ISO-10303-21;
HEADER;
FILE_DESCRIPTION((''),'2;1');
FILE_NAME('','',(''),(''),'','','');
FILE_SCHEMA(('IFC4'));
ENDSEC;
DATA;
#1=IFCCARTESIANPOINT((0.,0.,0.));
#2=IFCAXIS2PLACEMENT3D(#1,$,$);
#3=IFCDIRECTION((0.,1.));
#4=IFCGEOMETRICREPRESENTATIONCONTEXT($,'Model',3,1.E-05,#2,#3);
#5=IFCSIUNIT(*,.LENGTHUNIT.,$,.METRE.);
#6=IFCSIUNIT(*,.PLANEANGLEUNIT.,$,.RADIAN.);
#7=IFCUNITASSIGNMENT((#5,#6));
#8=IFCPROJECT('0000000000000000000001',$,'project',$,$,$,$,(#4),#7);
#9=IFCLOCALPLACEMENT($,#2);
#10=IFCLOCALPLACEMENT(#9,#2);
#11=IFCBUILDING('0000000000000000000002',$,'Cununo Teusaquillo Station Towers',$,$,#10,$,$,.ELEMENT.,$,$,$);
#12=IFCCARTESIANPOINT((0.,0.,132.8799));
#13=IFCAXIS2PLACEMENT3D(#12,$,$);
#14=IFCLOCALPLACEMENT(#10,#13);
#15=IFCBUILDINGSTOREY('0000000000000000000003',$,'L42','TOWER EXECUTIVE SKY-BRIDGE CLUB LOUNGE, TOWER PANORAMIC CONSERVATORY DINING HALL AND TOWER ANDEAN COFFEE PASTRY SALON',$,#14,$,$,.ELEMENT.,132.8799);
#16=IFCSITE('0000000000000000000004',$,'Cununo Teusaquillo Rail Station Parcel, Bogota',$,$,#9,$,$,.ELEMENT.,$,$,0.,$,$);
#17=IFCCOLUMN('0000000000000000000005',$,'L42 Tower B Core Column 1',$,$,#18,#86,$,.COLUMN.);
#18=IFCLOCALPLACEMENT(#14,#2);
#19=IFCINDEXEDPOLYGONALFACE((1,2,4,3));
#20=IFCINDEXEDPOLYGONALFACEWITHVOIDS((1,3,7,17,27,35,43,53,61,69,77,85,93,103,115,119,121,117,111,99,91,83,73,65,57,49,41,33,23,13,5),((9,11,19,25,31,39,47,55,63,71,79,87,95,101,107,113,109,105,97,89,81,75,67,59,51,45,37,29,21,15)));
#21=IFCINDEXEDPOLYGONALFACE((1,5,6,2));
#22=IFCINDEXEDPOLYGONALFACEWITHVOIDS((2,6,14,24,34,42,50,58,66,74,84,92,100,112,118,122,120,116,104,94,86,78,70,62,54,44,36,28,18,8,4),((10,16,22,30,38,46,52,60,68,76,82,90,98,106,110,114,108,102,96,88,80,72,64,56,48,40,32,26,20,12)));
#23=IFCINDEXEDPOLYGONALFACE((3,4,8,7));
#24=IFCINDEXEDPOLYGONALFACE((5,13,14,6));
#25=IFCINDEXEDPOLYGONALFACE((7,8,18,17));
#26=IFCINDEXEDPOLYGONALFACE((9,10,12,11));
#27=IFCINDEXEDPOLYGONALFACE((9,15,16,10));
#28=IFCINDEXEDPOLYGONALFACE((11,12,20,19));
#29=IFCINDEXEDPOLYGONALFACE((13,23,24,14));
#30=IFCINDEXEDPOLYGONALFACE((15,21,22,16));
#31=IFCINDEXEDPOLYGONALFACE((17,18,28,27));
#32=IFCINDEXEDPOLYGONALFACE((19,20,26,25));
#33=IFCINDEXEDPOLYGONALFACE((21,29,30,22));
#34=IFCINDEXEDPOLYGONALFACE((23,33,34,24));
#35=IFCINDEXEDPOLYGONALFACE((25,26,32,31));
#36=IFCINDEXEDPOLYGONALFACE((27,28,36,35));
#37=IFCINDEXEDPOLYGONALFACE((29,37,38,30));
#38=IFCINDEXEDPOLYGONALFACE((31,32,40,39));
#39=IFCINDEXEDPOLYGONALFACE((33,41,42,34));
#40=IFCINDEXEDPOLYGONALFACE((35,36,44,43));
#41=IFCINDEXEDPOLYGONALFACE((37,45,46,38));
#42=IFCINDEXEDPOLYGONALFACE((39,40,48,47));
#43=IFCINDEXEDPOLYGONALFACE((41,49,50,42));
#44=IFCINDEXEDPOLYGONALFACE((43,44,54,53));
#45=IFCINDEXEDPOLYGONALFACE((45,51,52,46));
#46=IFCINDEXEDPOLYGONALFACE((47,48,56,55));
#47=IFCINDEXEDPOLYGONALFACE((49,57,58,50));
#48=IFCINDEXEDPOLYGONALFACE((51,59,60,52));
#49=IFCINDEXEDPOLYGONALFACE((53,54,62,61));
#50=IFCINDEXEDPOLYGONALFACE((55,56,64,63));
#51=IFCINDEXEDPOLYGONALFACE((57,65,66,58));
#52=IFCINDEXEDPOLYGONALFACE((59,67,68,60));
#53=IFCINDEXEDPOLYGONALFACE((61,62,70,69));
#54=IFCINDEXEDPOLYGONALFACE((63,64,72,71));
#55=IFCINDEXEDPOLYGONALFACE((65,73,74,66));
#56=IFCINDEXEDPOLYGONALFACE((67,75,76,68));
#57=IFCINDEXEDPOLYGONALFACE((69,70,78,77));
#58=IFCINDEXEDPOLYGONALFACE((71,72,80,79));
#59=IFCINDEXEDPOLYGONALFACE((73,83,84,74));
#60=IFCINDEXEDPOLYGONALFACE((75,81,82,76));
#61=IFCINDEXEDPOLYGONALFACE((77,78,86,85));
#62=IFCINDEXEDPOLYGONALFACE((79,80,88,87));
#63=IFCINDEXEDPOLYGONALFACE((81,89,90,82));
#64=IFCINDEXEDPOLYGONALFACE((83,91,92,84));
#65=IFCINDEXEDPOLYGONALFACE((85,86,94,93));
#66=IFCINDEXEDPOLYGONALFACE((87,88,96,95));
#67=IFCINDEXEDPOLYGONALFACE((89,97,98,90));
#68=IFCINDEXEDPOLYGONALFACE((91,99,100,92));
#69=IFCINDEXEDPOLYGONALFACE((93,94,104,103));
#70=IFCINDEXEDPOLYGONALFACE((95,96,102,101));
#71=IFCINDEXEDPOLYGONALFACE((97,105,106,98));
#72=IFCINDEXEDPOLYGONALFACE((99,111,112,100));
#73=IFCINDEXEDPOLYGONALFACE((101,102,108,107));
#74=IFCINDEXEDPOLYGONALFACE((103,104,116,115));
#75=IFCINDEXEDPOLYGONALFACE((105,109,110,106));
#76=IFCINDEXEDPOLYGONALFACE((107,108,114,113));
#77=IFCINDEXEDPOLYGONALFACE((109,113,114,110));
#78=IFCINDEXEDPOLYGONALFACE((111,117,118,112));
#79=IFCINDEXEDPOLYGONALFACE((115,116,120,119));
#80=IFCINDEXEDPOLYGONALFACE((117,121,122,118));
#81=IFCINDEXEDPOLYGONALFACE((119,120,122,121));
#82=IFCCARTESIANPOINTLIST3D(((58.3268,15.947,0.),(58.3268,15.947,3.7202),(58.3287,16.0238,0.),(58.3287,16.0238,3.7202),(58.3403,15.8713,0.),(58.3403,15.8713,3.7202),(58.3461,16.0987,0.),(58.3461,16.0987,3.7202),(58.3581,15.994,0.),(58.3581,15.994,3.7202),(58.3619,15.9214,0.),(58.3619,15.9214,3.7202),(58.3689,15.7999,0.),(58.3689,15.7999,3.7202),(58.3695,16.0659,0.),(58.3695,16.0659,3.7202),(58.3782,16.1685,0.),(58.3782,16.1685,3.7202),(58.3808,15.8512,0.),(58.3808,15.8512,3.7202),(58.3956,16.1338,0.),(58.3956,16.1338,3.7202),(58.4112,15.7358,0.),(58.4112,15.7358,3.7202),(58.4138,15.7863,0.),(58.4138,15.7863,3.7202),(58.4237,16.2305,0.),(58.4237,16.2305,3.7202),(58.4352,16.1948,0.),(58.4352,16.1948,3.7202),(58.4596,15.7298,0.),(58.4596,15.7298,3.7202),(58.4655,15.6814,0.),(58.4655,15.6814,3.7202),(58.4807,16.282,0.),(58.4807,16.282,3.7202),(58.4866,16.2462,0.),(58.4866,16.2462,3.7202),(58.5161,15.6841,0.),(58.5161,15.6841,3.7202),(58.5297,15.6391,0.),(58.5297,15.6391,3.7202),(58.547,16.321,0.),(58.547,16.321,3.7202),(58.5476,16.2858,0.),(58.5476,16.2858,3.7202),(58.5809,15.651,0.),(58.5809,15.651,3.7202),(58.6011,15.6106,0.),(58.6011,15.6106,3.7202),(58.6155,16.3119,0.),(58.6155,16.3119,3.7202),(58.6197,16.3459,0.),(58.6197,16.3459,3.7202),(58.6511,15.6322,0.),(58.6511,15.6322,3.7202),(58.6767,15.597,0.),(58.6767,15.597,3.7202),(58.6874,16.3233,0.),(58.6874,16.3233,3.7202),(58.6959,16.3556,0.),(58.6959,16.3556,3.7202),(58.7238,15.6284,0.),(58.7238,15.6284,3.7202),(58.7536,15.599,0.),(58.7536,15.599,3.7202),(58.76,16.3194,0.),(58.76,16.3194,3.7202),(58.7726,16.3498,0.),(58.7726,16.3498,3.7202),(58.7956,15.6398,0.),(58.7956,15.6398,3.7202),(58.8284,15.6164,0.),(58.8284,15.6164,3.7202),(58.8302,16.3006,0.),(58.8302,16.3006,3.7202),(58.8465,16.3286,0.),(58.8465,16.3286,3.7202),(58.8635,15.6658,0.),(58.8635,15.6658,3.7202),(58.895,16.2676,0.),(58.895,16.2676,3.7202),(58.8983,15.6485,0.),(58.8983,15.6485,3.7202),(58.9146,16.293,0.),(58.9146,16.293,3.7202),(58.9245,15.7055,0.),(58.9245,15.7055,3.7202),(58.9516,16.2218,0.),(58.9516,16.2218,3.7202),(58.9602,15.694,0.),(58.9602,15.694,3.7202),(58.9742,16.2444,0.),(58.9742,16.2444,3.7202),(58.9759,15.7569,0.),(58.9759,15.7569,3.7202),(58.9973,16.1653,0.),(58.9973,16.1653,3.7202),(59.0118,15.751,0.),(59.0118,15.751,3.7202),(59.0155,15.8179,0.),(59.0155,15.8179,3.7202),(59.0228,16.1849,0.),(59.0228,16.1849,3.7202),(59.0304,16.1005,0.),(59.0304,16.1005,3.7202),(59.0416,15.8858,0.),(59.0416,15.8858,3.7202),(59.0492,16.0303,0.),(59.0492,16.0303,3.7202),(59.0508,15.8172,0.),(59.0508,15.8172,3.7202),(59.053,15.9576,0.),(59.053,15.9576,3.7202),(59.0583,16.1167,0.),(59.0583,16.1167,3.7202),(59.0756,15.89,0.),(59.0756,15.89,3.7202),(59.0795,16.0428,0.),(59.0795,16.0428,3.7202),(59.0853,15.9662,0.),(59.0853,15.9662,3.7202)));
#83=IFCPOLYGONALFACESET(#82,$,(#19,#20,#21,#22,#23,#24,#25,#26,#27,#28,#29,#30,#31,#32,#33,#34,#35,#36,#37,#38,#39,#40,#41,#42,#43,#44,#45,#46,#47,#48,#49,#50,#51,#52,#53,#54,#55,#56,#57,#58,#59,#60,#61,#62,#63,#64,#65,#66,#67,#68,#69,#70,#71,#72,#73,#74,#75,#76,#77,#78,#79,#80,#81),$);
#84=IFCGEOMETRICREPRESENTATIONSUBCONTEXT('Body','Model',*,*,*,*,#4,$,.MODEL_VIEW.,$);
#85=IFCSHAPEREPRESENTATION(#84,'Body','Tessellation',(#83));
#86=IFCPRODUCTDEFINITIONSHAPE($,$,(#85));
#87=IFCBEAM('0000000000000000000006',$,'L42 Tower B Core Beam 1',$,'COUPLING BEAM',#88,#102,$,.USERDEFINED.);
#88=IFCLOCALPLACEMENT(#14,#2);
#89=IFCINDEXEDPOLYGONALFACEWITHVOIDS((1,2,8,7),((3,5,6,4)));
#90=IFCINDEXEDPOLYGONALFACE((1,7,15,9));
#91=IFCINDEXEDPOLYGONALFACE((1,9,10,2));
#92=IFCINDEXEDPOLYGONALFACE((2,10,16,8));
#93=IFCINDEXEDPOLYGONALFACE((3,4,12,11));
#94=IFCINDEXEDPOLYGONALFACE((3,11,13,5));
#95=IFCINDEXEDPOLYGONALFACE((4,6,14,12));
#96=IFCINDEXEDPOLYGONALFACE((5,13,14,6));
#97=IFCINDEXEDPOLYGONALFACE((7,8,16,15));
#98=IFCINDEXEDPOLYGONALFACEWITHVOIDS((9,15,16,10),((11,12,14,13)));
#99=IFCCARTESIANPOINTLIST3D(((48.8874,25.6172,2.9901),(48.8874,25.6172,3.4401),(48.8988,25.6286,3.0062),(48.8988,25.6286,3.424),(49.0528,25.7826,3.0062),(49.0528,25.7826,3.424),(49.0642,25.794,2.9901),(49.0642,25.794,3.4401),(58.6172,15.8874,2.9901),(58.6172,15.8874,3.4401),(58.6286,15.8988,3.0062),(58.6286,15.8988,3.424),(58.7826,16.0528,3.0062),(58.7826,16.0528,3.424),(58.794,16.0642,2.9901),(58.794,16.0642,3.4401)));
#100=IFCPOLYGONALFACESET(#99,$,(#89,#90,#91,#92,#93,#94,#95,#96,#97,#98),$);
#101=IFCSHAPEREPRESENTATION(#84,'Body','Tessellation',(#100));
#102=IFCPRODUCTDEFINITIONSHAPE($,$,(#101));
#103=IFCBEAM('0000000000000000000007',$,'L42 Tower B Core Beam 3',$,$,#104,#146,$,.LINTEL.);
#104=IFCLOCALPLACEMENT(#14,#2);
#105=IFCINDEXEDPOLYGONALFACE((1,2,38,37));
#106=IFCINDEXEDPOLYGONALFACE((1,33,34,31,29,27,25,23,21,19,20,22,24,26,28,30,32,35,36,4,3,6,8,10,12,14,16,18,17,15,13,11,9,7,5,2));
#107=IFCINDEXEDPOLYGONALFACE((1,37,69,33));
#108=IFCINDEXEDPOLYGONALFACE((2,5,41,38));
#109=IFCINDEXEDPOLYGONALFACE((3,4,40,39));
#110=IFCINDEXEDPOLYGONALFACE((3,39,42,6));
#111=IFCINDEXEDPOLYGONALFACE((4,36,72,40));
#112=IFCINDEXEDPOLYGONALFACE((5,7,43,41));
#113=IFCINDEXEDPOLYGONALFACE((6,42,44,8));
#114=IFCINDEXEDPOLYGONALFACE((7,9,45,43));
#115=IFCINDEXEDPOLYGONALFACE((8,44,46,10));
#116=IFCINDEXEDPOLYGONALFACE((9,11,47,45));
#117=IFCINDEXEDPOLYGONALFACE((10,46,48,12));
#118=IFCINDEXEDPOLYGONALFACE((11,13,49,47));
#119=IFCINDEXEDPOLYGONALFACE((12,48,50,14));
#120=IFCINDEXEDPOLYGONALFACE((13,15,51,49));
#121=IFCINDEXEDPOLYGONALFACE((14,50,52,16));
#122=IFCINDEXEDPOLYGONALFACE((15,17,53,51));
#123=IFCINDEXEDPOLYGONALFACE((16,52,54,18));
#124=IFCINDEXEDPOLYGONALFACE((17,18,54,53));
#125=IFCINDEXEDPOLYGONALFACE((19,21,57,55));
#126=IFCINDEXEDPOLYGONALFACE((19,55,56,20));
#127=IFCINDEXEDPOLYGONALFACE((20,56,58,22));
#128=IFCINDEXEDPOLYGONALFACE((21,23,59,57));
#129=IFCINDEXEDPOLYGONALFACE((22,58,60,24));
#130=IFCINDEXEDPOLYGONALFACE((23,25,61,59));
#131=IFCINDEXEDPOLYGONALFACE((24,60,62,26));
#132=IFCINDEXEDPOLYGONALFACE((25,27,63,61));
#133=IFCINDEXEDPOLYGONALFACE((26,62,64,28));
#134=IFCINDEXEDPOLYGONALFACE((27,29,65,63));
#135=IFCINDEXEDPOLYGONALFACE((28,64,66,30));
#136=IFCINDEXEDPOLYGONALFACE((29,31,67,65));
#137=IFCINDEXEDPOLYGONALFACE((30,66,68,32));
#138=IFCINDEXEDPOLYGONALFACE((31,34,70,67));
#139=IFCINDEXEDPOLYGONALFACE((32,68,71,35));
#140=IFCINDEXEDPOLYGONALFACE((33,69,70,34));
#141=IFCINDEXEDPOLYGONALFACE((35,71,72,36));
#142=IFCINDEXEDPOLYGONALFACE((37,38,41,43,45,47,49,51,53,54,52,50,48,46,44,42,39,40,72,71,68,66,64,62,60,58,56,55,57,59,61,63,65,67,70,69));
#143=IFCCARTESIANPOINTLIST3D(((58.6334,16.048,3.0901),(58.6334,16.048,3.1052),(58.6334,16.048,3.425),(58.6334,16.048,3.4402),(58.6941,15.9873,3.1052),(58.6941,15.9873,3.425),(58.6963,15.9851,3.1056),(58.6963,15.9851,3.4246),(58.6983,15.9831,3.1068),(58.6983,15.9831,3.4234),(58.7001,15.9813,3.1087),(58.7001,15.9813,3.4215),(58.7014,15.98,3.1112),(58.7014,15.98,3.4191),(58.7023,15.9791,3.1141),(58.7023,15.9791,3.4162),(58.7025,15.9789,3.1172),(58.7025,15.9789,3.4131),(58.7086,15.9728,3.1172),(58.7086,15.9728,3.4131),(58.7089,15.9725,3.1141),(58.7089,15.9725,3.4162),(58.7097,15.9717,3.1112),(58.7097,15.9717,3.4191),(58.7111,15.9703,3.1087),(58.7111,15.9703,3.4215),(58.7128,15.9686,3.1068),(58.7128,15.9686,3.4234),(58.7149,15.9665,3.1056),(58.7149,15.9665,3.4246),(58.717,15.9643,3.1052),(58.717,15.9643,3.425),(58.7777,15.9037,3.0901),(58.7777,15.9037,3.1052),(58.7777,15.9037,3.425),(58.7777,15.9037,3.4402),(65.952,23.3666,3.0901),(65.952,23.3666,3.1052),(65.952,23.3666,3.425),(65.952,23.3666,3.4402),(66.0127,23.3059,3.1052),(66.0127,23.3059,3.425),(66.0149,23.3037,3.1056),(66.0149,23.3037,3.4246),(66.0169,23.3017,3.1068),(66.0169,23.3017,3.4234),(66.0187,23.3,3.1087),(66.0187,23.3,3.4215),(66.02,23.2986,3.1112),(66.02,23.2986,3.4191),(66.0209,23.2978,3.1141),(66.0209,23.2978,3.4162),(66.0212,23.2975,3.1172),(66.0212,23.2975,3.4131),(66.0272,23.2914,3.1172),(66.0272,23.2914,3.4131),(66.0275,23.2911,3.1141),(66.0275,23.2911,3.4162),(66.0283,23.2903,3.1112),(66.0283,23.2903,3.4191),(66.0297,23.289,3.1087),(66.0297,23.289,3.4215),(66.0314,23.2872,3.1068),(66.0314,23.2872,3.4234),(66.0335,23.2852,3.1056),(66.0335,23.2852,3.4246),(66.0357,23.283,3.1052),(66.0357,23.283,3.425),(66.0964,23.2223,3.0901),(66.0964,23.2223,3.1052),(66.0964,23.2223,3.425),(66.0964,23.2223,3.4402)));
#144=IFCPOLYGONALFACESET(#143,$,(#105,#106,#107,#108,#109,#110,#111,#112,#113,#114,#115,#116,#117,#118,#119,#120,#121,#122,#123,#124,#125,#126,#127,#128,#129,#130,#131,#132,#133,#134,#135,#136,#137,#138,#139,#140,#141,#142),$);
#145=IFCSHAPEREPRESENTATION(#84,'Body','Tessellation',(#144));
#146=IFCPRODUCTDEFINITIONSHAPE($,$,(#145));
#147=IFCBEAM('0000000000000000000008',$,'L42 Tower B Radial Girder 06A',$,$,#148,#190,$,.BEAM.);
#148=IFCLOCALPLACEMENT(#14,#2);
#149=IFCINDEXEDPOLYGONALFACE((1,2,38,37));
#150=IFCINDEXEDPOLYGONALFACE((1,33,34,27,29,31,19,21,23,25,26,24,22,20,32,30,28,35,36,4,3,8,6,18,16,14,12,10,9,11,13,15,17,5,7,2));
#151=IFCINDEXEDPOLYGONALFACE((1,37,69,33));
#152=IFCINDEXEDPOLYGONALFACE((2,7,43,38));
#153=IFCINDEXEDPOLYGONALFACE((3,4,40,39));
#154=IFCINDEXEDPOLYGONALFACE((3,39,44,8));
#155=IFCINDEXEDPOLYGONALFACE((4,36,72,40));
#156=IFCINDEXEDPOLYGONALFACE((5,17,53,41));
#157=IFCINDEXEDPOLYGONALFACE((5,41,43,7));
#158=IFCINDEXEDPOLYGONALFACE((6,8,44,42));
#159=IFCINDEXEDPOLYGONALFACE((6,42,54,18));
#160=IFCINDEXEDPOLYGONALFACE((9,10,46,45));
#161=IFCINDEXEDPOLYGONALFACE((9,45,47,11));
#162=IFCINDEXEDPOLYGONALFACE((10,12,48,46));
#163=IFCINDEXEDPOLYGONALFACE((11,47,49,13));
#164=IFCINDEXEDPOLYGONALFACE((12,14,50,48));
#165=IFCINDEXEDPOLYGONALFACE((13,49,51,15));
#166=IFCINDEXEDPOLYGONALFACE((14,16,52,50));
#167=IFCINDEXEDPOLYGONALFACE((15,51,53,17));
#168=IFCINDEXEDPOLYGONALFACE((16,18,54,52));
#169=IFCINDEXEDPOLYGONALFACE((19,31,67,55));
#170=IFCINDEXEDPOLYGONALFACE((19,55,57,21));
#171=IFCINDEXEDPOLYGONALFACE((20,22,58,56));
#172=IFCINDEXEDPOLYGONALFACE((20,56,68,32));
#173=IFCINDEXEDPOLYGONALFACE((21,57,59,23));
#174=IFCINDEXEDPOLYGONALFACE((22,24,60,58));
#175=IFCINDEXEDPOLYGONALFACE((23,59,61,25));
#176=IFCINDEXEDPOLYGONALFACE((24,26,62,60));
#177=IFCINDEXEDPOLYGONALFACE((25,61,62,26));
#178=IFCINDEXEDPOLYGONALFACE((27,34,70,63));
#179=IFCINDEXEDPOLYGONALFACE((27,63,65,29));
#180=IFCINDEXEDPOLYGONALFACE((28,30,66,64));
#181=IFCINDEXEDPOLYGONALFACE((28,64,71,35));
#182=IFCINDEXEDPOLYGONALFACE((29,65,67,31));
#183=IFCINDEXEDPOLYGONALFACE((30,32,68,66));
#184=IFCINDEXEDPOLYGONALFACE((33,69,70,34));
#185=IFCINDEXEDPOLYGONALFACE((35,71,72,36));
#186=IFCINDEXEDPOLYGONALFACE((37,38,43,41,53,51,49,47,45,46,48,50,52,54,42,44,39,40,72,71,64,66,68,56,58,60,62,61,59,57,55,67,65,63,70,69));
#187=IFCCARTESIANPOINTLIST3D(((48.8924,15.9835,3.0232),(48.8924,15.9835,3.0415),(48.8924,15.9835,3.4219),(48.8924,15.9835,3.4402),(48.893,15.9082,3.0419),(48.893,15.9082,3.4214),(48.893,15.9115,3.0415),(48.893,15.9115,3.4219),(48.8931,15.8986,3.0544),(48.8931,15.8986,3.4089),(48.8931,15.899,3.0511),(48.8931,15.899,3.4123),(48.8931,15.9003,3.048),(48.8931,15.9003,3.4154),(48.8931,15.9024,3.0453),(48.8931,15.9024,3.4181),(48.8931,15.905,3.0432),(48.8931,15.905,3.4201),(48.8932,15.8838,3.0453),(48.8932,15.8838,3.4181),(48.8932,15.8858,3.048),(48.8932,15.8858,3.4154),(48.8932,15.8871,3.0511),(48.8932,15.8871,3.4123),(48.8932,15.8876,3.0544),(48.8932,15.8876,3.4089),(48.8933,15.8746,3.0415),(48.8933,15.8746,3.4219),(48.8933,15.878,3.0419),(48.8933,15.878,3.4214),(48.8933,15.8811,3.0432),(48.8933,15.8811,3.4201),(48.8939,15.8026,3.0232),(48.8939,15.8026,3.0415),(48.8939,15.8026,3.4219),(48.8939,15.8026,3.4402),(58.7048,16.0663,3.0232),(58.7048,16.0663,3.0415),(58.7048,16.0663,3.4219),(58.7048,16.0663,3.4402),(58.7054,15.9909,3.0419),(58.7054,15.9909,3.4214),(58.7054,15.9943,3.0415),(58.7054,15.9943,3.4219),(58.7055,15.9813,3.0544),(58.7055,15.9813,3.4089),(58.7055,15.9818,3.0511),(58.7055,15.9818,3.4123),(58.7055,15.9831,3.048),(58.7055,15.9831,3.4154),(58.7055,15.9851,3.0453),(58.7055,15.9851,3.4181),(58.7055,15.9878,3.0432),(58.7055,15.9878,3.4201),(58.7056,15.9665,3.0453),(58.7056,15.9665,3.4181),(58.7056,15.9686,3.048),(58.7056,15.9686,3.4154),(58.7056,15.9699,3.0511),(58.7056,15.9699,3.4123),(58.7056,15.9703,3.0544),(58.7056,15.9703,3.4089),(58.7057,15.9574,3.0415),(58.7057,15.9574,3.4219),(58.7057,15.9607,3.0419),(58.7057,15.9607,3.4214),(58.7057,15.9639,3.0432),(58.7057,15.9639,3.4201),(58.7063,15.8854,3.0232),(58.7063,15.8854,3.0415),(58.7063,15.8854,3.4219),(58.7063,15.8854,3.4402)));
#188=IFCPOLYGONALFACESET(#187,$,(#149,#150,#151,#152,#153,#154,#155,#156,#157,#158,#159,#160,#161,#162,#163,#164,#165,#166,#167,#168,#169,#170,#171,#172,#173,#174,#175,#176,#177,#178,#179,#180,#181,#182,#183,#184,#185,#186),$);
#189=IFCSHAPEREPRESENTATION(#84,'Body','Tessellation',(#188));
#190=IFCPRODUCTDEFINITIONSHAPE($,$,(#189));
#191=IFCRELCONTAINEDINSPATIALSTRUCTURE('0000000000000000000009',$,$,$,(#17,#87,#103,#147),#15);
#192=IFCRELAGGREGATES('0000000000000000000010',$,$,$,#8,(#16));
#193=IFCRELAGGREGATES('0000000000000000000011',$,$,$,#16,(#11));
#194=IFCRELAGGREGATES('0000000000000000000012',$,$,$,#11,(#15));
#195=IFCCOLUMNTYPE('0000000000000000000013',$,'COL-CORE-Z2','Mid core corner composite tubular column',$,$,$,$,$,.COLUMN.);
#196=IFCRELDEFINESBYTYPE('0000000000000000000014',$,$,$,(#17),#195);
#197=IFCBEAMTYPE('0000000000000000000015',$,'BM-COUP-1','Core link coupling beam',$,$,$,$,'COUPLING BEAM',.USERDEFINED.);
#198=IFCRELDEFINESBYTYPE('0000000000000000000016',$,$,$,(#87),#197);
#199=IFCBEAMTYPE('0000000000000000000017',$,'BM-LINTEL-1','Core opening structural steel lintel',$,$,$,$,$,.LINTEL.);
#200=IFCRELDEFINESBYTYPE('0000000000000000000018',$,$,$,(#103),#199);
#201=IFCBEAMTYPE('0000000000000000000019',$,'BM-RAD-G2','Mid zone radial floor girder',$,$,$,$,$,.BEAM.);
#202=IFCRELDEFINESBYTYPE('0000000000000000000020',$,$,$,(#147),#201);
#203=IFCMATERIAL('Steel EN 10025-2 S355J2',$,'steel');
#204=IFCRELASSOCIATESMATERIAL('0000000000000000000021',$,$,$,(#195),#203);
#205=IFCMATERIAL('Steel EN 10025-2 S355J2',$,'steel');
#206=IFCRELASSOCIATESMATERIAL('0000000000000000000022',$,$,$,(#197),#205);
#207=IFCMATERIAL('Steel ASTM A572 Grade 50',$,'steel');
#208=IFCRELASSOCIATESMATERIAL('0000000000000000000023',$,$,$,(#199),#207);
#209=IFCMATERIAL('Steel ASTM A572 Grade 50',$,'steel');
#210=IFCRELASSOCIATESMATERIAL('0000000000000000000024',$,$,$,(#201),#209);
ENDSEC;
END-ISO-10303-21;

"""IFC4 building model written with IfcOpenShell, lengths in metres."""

from ifc_helpers import new_model, si_unit, direction, frame, origin, origin_2d, place, context, subcontext, project, spatial, hollow_rectangle, hollow_circle, i_section, extrude, material, material_profile, profile_set, type_object, element, save


model = new_model("IFC4")

# Units and contexts
model_context = context("Model", 3, precision=1e-05, world=origin(), true_north=direction((0.0, 1.0)))
body_context = subcontext(model_context, "Body", "Model", "MODEL_VIEW")
ifc_project = project(units=[si_unit("LENGTHUNIT", "METRE"), si_unit("PLANEANGLEUNIT", "RADIAN")], contexts=[model_context])

# Site, building, storey
site_placement = place(None, origin())
site = spatial("IfcSite", under=ifc_project, at=site_placement, Name="Cununo Teusaquillo Rail Station Parcel, Bogota", CompositionType="ELEMENT", RefElevation=0.0)
building_placement = place(site_placement, origin())
building = spatial("IfcBuilding", under=site, at=building_placement, Name="Cununo Teusaquillo Station Towers", CompositionType="ELEMENT")
storey_placement = place(building_placement, frame((0.0, 0.0, 132.8799)))
storey = spatial("IfcBuildingStorey", under=building, at=storey_placement, Name="L42", Description="TOWER EXECUTIVE SKY-BRIDGE CLUB LOUNGE, TOWER PANORAMIC CONSERVATORY DINING HALL AND TOWER ANDEAN COFFEE PASTRY SALON", CompositionType="ELEMENT", Elevation=132.8799)

# Column
ifc_material_1 = material(Name="Steel EN 10025-2 S355J2", Category="steel")
ifc_material_profile_1 = material_profile(ifc_material_1, hollow_circle(Radius=0.3799, WallThickness=0.032, at=origin_2d()), Name="CHS 760x32")
ifc_profile_set_1 = profile_set([ifc_material_profile_1], Name="Steel EN 10025-2 S355J2")
column_type = type_object("IfcColumnType", Name="COL-CORE-Z2", Description="Mid core corner composite tubular column", PredefinedType="COLUMN", material=ifc_profile_set_1)
column_placement = place(storey_placement, frame((58.7056, 15.9758, 0.0), z_axis=(0.0, 0.0, 1.0), x_axis=(0.707107, 0.707107, 0.0)))
element("IfcColumn", 1, at=column_placement, inside=storey, type_object=column_type, Name="L42 Tower B Core Column 1", PredefinedType="COLUMN", context=body_context, shape_type="SweptSolid", body=[
    extrude(hollow_circle(Radius=0.3799, WallThickness=0.032, at=origin_2d()), origin(), (0.0, 0.0, 1.0), 3.7202),
])

# Beams
ifc_material_2 = material(Name="Steel EN 10025-2 S355J2", Category="steel")
ifc_material_profile_2 = material_profile(ifc_material_2, hollow_rectangle(XDim=0.25, YDim=0.45, WallThickness=0.0161, at=origin_2d()), Name="RHS 450x250x16")
ifc_profile_set_2 = profile_set([ifc_material_profile_2], Name="Steel EN 10025-2 S355J2")
beam_type_1 = type_object("IfcBeamType", Name="BM-COUP-1", Description="Core link coupling beam", ElementType="COUPLING BEAM", PredefinedType="USERDEFINED", material=ifc_profile_set_2)
beam_1_placement = place(storey_placement, frame((58.7056, 15.9758, 3.2151), z_axis=(-0.707107, 0.707107, 0.0), x_axis=(-0.707107, -0.707107, 0.0)))
element("IfcBeam", 2, at=beam_1_placement, inside=storey, type_object=beam_type_1, Name="L42 Tower B Core Beam 1", ObjectType="COUPLING BEAM", PredefinedType="USERDEFINED", context=body_context, shape_type="SweptSolid", body=[
    extrude(hollow_rectangle(XDim=0.25, YDim=0.45, WallThickness=0.0161, at=origin_2d()), origin(), (0.0, 0.0, 1.0), 13.76),
])
ifc_material_3 = material(Name="Steel ASTM A572 Grade 50", Category="steel")
ifc_material_profile_3 = material_profile(ifc_material_3, i_section(OverallWidth=0.2041, OverallDepth=0.3501, WebThickness=0.0085, FlangeThickness=0.0151, FilletRadius=0.012, at=origin_2d()), Name="W14X48")
ifc_profile_set_3 = profile_set([ifc_material_profile_3], Name="Steel ASTM A572 Grade 50")
beam_type_2 = type_object("IfcBeamType", Name="BM-LINTEL-1", Description="Core opening structural steel lintel", PredefinedType="LINTEL", material=ifc_profile_set_3)
beam_2_placement = place(storey_placement, frame((58.7056, 15.9758, 3.2651), z_axis=(0.707107, 0.707107, 0.0), x_axis=(-0.707107, 0.707107, 0.0)))
element("IfcBeam", 3, at=beam_2_placement, inside=storey, type_object=beam_type_2, Name="L42 Tower B Core Beam 3", PredefinedType="LINTEL", context=body_context, shape_type="SweptSolid", body=[
    extrude(i_section(OverallWidth=0.2041, OverallDepth=0.3501, WebThickness=0.0085, FlangeThickness=0.0151, FilletRadius=0.012, at=origin_2d()), origin(), (0.0, 0.0, 1.0), 10.3501),
])
ifc_material_4 = material(Name="Steel ASTM A572 Grade 50", Category="steel")
ifc_material_profile_4 = material_profile(ifc_material_4, i_section(OverallWidth=0.1809, OverallDepth=0.417, WebThickness=0.011, FlangeThickness=0.0183, FilletRadius=0.0129, at=origin_2d()), Name="W16X57")
ifc_profile_set_4 = profile_set([ifc_material_profile_4], Name="Steel ASTM A572 Grade 50")
beam_type_3 = type_object("IfcBeamType", Name="BM-RAD-G2", Description="Mid zone radial floor girder", PredefinedType="BEAM", material=ifc_profile_set_4)
beam_3_placement = place(storey_placement, frame((58.7056, 15.9758, 3.2317), z_axis=(-0.999964, -0.008434, 0.0), x_axis=(0.008434, -0.999964, 0.0)))
element("IfcBeam", 4, at=beam_3_placement, inside=storey, type_object=beam_type_3, Name="L42 Tower B Radial Girder 06A", PredefinedType="BEAM", context=body_context, shape_type="SweptSolid", body=[
    extrude(i_section(OverallWidth=0.1809, OverallDepth=0.417, WebThickness=0.011, FlangeThickness=0.0183, FilletRadius=0.0129, at=origin_2d()), origin(), (0.0, 0.0, 1.0), 9.8127),
])

save(model, "model.ifc")
